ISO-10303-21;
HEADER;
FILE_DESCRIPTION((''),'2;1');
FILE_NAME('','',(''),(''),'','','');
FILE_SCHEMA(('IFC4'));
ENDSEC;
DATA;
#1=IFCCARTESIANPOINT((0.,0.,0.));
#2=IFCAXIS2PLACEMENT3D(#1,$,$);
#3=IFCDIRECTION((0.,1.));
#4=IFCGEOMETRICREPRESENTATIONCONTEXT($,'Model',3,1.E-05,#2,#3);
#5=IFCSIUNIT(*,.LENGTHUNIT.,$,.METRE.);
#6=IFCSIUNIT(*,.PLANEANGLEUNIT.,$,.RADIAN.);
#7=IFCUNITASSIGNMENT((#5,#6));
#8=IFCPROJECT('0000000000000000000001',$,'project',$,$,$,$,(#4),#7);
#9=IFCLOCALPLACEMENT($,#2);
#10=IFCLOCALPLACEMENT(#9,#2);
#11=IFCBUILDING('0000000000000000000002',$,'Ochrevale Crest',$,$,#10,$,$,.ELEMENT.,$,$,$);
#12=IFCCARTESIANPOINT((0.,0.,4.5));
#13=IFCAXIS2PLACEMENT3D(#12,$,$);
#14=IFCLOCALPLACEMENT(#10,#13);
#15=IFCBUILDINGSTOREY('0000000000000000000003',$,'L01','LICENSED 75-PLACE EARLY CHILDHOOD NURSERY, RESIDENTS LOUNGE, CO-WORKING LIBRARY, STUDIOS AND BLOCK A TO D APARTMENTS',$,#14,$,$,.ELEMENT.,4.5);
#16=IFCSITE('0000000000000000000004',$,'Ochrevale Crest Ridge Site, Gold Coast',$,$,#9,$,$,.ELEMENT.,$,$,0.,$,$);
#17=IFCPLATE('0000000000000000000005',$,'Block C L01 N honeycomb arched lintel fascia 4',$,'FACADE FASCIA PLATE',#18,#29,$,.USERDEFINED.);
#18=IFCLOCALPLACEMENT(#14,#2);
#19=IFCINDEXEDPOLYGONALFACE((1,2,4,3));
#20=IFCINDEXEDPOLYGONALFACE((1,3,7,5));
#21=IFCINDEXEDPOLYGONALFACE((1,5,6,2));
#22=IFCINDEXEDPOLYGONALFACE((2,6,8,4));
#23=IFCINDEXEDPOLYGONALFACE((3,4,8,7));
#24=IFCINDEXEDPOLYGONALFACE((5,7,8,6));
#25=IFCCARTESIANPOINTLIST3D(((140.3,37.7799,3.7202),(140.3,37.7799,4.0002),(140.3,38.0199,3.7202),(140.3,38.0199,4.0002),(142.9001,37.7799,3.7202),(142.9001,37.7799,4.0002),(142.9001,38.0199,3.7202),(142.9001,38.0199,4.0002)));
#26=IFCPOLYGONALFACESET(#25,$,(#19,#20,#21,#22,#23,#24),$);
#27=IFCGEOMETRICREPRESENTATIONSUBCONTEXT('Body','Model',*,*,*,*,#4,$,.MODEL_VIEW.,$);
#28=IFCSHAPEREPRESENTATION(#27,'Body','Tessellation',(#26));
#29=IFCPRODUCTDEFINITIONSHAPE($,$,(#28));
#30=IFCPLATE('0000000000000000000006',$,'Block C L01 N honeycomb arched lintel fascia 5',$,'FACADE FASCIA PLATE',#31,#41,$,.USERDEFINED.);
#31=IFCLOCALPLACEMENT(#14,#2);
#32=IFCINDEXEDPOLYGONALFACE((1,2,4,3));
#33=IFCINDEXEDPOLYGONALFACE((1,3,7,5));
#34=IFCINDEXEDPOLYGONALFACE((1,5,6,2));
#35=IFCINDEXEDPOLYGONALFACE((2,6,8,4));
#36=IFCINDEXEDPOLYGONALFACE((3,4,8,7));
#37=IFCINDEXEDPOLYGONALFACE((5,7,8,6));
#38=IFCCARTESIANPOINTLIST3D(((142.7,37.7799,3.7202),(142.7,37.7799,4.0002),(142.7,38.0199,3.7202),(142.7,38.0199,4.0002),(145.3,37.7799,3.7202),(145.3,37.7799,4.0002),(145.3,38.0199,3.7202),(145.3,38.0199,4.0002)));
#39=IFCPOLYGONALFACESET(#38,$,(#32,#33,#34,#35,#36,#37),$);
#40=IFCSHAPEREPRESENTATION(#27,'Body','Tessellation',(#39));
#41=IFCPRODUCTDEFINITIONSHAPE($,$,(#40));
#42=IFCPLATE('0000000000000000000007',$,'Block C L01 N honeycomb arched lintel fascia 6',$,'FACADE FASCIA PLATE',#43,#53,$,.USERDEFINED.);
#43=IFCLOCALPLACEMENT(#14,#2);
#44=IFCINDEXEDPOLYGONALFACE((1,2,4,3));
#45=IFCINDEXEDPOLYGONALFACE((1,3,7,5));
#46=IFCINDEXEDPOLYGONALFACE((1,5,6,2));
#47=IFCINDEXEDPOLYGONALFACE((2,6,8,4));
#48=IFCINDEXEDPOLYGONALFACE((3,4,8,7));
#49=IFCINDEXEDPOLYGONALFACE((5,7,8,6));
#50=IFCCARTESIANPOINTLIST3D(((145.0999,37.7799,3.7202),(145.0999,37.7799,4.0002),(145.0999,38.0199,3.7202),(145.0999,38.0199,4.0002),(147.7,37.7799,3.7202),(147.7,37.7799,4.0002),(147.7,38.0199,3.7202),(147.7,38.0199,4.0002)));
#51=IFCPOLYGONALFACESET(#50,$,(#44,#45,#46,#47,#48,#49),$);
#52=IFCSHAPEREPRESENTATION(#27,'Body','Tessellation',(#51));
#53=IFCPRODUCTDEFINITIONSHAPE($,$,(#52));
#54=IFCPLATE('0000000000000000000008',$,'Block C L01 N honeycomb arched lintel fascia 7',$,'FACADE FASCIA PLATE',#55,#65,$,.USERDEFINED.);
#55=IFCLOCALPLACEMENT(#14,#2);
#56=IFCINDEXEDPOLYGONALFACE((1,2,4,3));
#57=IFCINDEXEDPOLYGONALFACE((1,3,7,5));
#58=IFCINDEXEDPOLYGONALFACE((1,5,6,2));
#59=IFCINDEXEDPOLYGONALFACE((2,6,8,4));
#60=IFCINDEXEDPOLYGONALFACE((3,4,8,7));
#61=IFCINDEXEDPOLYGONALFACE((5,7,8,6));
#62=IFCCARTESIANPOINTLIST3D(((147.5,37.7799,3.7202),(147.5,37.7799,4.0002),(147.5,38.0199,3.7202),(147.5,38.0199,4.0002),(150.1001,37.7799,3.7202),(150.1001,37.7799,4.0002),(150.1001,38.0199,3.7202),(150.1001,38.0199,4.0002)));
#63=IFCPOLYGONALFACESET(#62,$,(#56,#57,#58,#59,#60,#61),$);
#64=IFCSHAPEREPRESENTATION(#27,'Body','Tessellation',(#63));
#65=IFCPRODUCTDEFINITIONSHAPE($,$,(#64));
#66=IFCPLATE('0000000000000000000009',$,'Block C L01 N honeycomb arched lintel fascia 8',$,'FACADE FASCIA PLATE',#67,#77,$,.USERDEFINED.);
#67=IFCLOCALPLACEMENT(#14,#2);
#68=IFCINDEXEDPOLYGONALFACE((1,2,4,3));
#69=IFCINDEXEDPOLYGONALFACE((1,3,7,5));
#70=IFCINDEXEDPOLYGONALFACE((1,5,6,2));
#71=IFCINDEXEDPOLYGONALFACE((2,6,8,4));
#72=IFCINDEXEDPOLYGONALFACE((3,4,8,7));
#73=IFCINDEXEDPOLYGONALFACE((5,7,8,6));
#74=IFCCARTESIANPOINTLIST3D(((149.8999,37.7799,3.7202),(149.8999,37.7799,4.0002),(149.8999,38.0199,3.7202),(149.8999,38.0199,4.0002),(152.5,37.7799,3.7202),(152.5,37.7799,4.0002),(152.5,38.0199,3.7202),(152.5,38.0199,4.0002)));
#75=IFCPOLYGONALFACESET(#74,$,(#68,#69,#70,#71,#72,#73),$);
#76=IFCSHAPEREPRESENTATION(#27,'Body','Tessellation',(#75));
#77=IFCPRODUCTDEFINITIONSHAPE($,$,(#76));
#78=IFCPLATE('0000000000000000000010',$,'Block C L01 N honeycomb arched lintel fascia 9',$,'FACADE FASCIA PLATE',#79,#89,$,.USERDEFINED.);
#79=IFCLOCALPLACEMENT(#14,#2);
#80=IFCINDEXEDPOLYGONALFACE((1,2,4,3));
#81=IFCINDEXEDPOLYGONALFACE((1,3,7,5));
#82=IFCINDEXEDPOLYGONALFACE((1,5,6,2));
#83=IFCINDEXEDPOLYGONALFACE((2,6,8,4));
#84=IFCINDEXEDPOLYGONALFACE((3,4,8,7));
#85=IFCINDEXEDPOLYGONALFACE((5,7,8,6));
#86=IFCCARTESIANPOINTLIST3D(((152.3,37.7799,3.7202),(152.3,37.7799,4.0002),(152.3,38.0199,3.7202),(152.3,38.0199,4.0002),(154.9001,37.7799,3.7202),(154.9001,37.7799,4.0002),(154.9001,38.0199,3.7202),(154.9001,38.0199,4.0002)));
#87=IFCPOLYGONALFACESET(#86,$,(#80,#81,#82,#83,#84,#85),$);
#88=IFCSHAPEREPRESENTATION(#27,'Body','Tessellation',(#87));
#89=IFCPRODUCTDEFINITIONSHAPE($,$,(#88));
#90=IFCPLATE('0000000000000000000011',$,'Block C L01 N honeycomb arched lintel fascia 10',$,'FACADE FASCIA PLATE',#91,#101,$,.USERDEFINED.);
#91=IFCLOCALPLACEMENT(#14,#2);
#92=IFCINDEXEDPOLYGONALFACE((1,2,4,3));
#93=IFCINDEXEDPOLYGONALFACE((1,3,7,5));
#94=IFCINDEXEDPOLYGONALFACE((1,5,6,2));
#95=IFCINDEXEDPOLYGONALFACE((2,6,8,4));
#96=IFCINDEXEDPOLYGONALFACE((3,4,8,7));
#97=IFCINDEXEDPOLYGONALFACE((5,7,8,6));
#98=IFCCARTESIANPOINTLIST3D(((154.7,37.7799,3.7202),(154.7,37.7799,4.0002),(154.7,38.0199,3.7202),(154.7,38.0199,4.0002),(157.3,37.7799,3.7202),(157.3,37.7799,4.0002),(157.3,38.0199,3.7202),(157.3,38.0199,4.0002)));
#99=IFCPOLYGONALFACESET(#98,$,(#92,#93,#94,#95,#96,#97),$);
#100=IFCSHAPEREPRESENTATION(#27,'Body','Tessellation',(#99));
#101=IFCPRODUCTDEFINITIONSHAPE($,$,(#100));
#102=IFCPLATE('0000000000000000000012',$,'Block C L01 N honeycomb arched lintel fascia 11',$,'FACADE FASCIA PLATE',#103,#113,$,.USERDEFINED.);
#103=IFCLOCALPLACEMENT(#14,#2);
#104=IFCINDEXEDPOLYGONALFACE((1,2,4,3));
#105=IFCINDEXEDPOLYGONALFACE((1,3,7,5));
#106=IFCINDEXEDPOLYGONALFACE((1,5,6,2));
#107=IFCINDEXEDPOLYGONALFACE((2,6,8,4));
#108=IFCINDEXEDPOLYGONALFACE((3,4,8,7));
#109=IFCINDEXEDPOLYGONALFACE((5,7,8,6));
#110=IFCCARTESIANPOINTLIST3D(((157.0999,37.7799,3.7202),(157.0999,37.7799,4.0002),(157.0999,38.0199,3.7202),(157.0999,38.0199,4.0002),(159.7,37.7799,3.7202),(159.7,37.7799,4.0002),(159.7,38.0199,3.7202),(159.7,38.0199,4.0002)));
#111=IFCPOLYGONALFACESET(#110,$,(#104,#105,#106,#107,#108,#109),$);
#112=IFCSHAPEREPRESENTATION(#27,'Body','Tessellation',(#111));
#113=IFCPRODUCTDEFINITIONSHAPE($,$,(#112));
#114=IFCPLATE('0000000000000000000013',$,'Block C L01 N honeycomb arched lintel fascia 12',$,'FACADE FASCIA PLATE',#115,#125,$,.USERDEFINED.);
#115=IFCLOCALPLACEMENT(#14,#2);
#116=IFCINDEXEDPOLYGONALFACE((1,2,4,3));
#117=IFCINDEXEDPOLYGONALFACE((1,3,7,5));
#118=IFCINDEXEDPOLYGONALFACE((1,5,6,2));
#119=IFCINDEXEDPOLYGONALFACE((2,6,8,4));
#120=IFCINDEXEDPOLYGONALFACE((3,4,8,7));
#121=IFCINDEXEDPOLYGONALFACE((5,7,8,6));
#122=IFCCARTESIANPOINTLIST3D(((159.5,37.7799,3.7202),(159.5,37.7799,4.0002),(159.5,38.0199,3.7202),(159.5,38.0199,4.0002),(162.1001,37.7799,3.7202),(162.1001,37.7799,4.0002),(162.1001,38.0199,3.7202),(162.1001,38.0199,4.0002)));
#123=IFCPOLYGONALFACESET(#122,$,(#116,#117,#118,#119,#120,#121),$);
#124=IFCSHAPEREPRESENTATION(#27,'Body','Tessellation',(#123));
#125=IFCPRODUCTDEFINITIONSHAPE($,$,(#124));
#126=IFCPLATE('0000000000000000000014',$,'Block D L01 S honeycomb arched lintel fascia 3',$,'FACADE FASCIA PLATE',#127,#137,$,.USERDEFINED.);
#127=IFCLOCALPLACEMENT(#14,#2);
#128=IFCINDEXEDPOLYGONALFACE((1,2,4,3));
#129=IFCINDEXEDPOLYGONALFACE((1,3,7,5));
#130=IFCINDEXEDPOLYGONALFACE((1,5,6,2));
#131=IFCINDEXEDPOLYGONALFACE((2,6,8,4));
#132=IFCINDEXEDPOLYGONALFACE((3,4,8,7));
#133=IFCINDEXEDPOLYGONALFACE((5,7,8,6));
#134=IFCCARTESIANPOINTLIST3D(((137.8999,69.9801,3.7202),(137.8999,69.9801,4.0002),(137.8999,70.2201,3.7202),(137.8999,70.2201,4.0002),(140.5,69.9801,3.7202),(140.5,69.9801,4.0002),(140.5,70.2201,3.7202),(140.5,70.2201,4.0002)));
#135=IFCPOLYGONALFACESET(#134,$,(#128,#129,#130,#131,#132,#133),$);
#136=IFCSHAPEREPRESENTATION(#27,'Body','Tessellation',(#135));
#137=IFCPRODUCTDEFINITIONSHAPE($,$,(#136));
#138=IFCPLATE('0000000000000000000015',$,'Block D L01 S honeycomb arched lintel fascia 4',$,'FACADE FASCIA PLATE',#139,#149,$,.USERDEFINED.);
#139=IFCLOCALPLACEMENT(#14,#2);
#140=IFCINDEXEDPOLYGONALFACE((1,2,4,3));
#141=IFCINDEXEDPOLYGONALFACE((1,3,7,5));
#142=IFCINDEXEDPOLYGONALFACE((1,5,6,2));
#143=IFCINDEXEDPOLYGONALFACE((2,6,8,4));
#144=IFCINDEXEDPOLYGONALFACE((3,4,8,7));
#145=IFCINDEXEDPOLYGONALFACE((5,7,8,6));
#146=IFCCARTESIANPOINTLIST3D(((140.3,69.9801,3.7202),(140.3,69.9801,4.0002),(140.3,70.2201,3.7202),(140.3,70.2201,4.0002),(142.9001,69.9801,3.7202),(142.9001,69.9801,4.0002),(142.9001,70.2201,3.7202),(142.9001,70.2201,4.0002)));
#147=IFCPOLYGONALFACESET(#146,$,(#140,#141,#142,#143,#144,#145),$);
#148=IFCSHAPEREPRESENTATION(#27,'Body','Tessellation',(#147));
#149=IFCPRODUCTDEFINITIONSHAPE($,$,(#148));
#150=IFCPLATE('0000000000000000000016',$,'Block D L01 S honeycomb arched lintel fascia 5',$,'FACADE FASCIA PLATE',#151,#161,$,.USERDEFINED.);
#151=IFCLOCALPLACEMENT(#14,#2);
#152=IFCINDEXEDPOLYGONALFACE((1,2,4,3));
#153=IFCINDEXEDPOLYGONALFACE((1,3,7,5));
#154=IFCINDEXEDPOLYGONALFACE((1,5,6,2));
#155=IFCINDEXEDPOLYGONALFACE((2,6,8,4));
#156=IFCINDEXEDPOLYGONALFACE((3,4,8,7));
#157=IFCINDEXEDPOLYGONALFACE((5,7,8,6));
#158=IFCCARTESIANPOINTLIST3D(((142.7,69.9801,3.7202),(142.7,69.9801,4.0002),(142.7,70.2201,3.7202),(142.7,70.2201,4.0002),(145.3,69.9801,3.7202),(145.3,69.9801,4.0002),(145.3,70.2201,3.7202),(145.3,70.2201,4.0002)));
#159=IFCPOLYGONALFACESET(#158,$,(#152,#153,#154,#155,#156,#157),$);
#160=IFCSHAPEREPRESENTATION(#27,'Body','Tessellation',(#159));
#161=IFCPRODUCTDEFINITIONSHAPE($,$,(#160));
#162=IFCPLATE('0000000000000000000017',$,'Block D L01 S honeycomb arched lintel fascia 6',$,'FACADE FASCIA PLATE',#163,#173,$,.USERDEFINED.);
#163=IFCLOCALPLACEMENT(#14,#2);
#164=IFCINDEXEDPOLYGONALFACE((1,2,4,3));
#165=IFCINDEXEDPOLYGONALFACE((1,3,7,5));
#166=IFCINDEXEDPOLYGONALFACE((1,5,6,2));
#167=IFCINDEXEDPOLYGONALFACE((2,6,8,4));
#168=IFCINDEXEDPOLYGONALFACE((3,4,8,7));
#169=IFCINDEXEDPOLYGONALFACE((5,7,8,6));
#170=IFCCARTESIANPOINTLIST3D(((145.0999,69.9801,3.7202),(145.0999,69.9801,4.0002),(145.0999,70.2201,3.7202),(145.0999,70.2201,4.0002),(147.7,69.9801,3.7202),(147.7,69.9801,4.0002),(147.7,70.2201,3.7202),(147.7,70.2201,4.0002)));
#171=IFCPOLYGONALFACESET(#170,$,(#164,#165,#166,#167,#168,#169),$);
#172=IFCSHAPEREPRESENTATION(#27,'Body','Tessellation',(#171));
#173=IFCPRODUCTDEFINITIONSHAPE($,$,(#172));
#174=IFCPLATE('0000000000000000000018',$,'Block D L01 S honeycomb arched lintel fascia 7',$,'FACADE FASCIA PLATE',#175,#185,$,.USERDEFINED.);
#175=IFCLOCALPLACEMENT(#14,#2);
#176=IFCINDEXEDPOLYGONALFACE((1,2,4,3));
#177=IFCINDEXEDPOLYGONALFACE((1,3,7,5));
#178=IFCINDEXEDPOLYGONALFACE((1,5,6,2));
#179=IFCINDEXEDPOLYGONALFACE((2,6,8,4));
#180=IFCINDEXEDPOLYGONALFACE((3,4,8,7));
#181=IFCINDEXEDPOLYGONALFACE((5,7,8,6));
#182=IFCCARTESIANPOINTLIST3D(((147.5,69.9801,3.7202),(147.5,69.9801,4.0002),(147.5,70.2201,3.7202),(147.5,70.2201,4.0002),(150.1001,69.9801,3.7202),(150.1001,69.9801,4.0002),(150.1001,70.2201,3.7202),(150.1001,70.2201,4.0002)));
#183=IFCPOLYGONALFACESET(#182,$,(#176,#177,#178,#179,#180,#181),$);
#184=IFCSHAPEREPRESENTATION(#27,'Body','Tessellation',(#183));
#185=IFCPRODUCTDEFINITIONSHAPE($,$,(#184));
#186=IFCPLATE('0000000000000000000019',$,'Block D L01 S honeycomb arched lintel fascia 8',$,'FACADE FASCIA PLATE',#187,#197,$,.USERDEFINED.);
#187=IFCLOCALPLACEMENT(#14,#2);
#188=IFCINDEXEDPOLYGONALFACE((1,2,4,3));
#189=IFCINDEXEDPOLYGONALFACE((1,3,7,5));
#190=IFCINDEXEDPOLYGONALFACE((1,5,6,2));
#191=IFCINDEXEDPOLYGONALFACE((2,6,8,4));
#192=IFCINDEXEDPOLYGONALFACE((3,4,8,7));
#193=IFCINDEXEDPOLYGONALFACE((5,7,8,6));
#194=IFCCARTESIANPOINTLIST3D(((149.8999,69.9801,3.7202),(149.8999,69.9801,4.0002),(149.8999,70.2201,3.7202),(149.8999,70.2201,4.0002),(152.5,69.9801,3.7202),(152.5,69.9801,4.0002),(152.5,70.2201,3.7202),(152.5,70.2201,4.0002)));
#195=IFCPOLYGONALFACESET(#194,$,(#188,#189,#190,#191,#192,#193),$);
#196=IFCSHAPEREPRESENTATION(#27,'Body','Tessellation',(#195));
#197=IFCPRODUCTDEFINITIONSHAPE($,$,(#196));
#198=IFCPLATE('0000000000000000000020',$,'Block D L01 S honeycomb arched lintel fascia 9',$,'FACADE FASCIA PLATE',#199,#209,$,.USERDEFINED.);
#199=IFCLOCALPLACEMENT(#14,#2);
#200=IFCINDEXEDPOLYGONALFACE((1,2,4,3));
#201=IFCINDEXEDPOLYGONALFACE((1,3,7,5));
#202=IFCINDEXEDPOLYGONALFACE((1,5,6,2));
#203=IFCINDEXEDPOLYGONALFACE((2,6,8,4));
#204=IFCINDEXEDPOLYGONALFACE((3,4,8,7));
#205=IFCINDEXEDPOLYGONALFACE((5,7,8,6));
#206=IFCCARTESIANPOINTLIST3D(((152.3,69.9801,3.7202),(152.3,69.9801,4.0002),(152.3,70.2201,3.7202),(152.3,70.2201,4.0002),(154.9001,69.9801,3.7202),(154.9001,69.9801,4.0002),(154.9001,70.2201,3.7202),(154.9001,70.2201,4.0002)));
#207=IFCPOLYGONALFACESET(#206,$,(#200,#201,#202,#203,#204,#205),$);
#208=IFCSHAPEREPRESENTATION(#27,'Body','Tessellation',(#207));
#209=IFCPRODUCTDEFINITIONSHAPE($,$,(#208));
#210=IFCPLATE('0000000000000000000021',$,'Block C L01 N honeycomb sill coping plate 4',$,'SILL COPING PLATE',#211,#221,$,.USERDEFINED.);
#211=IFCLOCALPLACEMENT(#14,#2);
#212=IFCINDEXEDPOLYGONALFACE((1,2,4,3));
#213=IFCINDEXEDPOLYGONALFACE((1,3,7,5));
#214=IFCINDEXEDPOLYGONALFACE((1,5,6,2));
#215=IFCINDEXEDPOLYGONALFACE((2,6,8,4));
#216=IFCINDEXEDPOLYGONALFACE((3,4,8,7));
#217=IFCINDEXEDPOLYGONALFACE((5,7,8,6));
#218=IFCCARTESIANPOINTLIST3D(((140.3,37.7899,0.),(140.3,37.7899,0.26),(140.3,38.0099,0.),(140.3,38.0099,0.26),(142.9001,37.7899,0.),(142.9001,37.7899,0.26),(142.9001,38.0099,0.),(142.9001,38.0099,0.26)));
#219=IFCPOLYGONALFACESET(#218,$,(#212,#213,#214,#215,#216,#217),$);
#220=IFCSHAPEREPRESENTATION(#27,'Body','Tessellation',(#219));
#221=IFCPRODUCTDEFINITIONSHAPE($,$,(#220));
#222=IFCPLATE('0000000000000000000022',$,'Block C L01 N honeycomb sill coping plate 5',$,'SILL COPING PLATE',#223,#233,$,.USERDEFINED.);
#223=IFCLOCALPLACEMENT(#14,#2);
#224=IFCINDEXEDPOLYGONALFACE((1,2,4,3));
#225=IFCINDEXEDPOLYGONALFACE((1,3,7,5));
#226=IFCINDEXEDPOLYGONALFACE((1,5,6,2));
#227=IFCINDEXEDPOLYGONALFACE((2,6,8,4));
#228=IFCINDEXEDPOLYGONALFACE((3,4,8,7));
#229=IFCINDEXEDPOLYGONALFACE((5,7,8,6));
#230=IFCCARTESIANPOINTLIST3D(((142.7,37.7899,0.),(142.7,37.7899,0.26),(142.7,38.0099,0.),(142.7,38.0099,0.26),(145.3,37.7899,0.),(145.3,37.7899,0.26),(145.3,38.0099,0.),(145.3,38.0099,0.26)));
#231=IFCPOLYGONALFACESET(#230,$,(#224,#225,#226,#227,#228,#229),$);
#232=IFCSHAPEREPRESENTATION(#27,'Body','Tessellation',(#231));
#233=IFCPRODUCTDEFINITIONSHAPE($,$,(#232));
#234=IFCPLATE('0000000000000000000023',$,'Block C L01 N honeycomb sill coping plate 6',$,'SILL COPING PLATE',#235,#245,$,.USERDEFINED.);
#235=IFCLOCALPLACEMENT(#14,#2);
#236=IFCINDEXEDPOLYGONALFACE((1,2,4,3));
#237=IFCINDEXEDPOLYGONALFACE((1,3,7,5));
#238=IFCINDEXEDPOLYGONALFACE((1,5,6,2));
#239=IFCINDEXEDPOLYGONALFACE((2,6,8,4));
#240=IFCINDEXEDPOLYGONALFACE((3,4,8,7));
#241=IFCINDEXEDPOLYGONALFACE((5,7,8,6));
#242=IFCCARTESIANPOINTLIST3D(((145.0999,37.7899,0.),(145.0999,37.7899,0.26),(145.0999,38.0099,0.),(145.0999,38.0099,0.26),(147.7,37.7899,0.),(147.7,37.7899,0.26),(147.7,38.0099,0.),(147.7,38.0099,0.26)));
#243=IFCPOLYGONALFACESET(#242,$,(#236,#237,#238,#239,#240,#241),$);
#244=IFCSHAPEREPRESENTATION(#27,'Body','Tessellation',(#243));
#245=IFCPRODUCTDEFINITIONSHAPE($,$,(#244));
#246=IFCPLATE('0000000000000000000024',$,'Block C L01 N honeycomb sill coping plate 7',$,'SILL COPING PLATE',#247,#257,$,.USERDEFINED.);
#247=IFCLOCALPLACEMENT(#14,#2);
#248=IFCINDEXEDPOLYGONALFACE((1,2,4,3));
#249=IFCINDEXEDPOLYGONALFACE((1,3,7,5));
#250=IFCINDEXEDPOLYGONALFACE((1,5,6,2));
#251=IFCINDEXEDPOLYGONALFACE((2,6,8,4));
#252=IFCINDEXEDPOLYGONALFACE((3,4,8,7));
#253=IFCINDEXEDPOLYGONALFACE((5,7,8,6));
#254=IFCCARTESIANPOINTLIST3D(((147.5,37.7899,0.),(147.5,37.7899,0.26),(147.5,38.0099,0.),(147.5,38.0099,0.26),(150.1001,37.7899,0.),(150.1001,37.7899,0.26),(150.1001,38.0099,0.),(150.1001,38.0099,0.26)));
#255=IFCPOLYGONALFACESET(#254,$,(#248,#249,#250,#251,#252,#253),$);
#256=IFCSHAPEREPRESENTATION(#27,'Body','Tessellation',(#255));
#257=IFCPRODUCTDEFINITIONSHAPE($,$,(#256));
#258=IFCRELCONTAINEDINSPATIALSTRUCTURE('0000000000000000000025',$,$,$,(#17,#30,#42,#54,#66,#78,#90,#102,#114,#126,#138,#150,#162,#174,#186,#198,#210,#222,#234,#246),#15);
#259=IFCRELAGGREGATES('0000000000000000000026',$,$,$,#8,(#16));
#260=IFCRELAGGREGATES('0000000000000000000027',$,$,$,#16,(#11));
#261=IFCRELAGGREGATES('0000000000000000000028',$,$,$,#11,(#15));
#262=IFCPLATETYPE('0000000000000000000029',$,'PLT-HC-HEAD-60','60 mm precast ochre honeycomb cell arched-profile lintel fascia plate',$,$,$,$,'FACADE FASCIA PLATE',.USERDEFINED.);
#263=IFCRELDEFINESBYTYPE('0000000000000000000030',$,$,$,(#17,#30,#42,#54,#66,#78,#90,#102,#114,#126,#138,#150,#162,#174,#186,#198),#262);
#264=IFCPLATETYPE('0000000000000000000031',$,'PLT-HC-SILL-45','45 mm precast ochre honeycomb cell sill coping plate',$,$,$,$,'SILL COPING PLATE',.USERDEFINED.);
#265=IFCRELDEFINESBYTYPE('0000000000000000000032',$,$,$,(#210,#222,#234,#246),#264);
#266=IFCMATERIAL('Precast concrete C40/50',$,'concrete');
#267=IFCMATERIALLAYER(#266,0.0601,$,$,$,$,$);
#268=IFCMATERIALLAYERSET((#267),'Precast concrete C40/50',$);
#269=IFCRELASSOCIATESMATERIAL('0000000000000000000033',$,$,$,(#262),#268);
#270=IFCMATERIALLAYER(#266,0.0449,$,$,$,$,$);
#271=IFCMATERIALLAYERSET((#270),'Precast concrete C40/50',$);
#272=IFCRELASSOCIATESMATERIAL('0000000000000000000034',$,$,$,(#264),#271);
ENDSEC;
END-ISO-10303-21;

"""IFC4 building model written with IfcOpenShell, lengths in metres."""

from ifc_helpers import new_model, si_unit, direction, frame, origin, origin_2d, place, context, subcontext, project, spatial, rectangle, extrude, material, layer, layer_set, type_object, element, save


model = new_model("IFC4")

# Units and contexts
model_context = context("Model", 3, precision=1e-05, world=origin(), true_north=direction((0.0, 1.0)))
body_context = subcontext(model_context, "Body", "Model", "MODEL_VIEW")
ifc_project = project(units=[si_unit("LENGTHUNIT", "METRE"), si_unit("PLANEANGLEUNIT", "RADIAN")], contexts=[model_context])

# Site, building, storey
site_placement = place(None, origin())
site = spatial("IfcSite", under=ifc_project, at=site_placement, Name="Ochrevale Crest Ridge Site, Gold Coast", CompositionType="ELEMENT", RefElevation=0.0)
building_placement = place(site_placement, origin())
building = spatial("IfcBuilding", under=site, at=building_placement, Name="Ochrevale Crest", CompositionType="ELEMENT")
storey_placement = place(building_placement, frame((0.0, 0.0, 4.5)))
storey = spatial("IfcBuildingStorey", under=building, at=storey_placement, Name="L01", Description="LICENSED 75-PLACE EARLY CHILDHOOD NURSERY, RESIDENTS LOUNGE, CO-WORKING LIBRARY, STUDIOS AND BLOCK A TO D APARTMENTS", CompositionType="ELEMENT", Elevation=4.5)

# Plates
ifc_material = material(Name="Precast concrete C40/50", Category="concrete")
ifc_layer_1 = layer(ifc_material, 0.0601)
ifc_layer_set_1 = layer_set([ifc_layer_1], Name="Precast concrete C40/50")
plate_type_1 = type_object("IfcPlateType", Name="PLT-HC-HEAD-60", Description="60 mm precast ochre honeycomb cell arched-profile lintel fascia plate", ElementType="FACADE FASCIA PLATE", PredefinedType="USERDEFINED", material=ifc_layer_set_1)
for number, where, z_axis, x_axis, name in (
    (1, (141.6001, 37.8999, 3.7202), (0.0, 0.0, 1.0), (1.0, 0.0, 0.0), "Block C L01 N honeycomb arched lintel fascia 4"),
    (2, (144.0, 37.8999, 3.7202), (0.0, 0.0, 1.0), (1.0, 0.0, 0.0), "Block C L01 N honeycomb arched lintel fascia 5"),
    (3, (146.3999, 37.8999, 3.7202), (0.0, 0.0, 1.0), (1.0, 0.0, 0.0), "Block C L01 N honeycomb arched lintel fascia 6"),
    (4, (148.8, 37.8999, 3.7202), (0.0, 0.0, 1.0), (1.0, 0.0, 0.0), "Block C L01 N honeycomb arched lintel fascia 7"),
    (5, (151.2, 37.8999, 3.7202), (0.0, 0.0, 1.0), (1.0, 0.0, 0.0), "Block C L01 N honeycomb arched lintel fascia 8"),
    (6, (153.6001, 37.8999, 3.7202), (0.0, 0.0, 1.0), (1.0, 0.0, 0.0), "Block C L01 N honeycomb arched lintel fascia 9"),
    (7, (156.0, 37.8999, 3.7202), (0.0, 0.0, 1.0), (1.0, 0.0, 0.0), "Block C L01 N honeycomb arched lintel fascia 10"),
    (8, (158.3999, 37.8999, 3.7202), (0.0, 0.0, 1.0), (1.0, 0.0, 0.0), "Block C L01 N honeycomb arched lintel fascia 11"),
    (9, (160.8, 37.8999, 3.7202), (0.0, 0.0, 1.0), (1.0, 0.0, 0.0), "Block C L01 N honeycomb arched lintel fascia 12"),
    (10, (139.2, 70.1001, 3.7202), (0.0, 0.0, 1.0), (1.0, 0.0, 0.0), "Block D L01 S honeycomb arched lintel fascia 3"),
    (11, (141.6001, 70.1001, 3.7202), (0.0, 0.0, 1.0), (1.0, 0.0, 0.0), "Block D L01 S honeycomb arched lintel fascia 4"),
    (12, (144.0, 70.1001, 3.7202), (0.0, 0.0, 1.0), (1.0, 0.0, 0.0), "Block D L01 S honeycomb arched lintel fascia 5"),
    (13, (146.3999, 70.1001, 3.7202), (0.0, 0.0, 1.0), (1.0, 0.0, 0.0), "Block D L01 S honeycomb arched lintel fascia 6"),
    (14, (148.8, 70.1001, 3.7202), (0.0, 0.0, 1.0), (1.0, 0.0, 0.0), "Block D L01 S honeycomb arched lintel fascia 7"),
    (15, (151.2, 70.1001, 3.7202), (0.0, 0.0, 1.0), (1.0, 0.0, 0.0), "Block D L01 S honeycomb arched lintel fascia 8"),
    (16, (153.6001, 70.1001, 3.7202), (0.0, 0.0, 1.0), (1.0, 0.0, 0.0), "Block D L01 S honeycomb arched lintel fascia 9"),
):
    element("IfcPlate", number, at=place(storey_placement, frame(where, z_axis=z_axis, x_axis=x_axis)), inside=storey, type_object=plate_type_1, Name=name, ObjectType="FACADE FASCIA PLATE", PredefinedType="USERDEFINED", context=body_context, shape_type="SweptSolid", body=[
        extrude(rectangle(XDim=2.6001, YDim=0.24, at=origin_2d()), origin(), (0.0, 0.0, 1.0), 0.28),
    ])
ifc_layer_2 = layer(ifc_material, 0.0449)
ifc_layer_set_2 = layer_set([ifc_layer_2], Name="Precast concrete C40/50")
plate_type_2 = type_object("IfcPlateType", Name="PLT-HC-SILL-45", Description="45 mm precast ochre honeycomb cell sill coping plate", ElementType="SILL COPING PLATE", PredefinedType="USERDEFINED", material=ifc_layer_set_2)
for number, where, z_axis, x_axis, name in (
    (17, (141.6001, 37.8999, 0.0), (0.0, 0.0, 1.0), (1.0, 0.0, 0.0), "Block C L01 N honeycomb sill coping plate 4"),
    (18, (144.0, 37.8999, 0.0), (0.0, 0.0, 1.0), (1.0, 0.0, 0.0), "Block C L01 N honeycomb sill coping plate 5"),
    (19, (146.3999, 37.8999, 0.0), (0.0, 0.0, 1.0), (1.0, 0.0, 0.0), "Block C L01 N honeycomb sill coping plate 6"),
    (20, (148.8, 37.8999, 0.0), (0.0, 0.0, 1.0), (1.0, 0.0, 0.0), "Block C L01 N honeycomb sill coping plate 7"),
):
    element("IfcPlate", number, at=place(storey_placement, frame(where, z_axis=z_axis, x_axis=x_axis)), inside=storey, type_object=plate_type_2, Name=name, ObjectType="SILL COPING PLATE", PredefinedType="USERDEFINED", context=body_context, shape_type="SweptSolid", body=[
        extrude(rectangle(XDim=2.6001, YDim=0.22, at=origin_2d()), origin(), (0.0, 0.0, 1.0), 0.26),
    ])

save(model, "model.ifc")
